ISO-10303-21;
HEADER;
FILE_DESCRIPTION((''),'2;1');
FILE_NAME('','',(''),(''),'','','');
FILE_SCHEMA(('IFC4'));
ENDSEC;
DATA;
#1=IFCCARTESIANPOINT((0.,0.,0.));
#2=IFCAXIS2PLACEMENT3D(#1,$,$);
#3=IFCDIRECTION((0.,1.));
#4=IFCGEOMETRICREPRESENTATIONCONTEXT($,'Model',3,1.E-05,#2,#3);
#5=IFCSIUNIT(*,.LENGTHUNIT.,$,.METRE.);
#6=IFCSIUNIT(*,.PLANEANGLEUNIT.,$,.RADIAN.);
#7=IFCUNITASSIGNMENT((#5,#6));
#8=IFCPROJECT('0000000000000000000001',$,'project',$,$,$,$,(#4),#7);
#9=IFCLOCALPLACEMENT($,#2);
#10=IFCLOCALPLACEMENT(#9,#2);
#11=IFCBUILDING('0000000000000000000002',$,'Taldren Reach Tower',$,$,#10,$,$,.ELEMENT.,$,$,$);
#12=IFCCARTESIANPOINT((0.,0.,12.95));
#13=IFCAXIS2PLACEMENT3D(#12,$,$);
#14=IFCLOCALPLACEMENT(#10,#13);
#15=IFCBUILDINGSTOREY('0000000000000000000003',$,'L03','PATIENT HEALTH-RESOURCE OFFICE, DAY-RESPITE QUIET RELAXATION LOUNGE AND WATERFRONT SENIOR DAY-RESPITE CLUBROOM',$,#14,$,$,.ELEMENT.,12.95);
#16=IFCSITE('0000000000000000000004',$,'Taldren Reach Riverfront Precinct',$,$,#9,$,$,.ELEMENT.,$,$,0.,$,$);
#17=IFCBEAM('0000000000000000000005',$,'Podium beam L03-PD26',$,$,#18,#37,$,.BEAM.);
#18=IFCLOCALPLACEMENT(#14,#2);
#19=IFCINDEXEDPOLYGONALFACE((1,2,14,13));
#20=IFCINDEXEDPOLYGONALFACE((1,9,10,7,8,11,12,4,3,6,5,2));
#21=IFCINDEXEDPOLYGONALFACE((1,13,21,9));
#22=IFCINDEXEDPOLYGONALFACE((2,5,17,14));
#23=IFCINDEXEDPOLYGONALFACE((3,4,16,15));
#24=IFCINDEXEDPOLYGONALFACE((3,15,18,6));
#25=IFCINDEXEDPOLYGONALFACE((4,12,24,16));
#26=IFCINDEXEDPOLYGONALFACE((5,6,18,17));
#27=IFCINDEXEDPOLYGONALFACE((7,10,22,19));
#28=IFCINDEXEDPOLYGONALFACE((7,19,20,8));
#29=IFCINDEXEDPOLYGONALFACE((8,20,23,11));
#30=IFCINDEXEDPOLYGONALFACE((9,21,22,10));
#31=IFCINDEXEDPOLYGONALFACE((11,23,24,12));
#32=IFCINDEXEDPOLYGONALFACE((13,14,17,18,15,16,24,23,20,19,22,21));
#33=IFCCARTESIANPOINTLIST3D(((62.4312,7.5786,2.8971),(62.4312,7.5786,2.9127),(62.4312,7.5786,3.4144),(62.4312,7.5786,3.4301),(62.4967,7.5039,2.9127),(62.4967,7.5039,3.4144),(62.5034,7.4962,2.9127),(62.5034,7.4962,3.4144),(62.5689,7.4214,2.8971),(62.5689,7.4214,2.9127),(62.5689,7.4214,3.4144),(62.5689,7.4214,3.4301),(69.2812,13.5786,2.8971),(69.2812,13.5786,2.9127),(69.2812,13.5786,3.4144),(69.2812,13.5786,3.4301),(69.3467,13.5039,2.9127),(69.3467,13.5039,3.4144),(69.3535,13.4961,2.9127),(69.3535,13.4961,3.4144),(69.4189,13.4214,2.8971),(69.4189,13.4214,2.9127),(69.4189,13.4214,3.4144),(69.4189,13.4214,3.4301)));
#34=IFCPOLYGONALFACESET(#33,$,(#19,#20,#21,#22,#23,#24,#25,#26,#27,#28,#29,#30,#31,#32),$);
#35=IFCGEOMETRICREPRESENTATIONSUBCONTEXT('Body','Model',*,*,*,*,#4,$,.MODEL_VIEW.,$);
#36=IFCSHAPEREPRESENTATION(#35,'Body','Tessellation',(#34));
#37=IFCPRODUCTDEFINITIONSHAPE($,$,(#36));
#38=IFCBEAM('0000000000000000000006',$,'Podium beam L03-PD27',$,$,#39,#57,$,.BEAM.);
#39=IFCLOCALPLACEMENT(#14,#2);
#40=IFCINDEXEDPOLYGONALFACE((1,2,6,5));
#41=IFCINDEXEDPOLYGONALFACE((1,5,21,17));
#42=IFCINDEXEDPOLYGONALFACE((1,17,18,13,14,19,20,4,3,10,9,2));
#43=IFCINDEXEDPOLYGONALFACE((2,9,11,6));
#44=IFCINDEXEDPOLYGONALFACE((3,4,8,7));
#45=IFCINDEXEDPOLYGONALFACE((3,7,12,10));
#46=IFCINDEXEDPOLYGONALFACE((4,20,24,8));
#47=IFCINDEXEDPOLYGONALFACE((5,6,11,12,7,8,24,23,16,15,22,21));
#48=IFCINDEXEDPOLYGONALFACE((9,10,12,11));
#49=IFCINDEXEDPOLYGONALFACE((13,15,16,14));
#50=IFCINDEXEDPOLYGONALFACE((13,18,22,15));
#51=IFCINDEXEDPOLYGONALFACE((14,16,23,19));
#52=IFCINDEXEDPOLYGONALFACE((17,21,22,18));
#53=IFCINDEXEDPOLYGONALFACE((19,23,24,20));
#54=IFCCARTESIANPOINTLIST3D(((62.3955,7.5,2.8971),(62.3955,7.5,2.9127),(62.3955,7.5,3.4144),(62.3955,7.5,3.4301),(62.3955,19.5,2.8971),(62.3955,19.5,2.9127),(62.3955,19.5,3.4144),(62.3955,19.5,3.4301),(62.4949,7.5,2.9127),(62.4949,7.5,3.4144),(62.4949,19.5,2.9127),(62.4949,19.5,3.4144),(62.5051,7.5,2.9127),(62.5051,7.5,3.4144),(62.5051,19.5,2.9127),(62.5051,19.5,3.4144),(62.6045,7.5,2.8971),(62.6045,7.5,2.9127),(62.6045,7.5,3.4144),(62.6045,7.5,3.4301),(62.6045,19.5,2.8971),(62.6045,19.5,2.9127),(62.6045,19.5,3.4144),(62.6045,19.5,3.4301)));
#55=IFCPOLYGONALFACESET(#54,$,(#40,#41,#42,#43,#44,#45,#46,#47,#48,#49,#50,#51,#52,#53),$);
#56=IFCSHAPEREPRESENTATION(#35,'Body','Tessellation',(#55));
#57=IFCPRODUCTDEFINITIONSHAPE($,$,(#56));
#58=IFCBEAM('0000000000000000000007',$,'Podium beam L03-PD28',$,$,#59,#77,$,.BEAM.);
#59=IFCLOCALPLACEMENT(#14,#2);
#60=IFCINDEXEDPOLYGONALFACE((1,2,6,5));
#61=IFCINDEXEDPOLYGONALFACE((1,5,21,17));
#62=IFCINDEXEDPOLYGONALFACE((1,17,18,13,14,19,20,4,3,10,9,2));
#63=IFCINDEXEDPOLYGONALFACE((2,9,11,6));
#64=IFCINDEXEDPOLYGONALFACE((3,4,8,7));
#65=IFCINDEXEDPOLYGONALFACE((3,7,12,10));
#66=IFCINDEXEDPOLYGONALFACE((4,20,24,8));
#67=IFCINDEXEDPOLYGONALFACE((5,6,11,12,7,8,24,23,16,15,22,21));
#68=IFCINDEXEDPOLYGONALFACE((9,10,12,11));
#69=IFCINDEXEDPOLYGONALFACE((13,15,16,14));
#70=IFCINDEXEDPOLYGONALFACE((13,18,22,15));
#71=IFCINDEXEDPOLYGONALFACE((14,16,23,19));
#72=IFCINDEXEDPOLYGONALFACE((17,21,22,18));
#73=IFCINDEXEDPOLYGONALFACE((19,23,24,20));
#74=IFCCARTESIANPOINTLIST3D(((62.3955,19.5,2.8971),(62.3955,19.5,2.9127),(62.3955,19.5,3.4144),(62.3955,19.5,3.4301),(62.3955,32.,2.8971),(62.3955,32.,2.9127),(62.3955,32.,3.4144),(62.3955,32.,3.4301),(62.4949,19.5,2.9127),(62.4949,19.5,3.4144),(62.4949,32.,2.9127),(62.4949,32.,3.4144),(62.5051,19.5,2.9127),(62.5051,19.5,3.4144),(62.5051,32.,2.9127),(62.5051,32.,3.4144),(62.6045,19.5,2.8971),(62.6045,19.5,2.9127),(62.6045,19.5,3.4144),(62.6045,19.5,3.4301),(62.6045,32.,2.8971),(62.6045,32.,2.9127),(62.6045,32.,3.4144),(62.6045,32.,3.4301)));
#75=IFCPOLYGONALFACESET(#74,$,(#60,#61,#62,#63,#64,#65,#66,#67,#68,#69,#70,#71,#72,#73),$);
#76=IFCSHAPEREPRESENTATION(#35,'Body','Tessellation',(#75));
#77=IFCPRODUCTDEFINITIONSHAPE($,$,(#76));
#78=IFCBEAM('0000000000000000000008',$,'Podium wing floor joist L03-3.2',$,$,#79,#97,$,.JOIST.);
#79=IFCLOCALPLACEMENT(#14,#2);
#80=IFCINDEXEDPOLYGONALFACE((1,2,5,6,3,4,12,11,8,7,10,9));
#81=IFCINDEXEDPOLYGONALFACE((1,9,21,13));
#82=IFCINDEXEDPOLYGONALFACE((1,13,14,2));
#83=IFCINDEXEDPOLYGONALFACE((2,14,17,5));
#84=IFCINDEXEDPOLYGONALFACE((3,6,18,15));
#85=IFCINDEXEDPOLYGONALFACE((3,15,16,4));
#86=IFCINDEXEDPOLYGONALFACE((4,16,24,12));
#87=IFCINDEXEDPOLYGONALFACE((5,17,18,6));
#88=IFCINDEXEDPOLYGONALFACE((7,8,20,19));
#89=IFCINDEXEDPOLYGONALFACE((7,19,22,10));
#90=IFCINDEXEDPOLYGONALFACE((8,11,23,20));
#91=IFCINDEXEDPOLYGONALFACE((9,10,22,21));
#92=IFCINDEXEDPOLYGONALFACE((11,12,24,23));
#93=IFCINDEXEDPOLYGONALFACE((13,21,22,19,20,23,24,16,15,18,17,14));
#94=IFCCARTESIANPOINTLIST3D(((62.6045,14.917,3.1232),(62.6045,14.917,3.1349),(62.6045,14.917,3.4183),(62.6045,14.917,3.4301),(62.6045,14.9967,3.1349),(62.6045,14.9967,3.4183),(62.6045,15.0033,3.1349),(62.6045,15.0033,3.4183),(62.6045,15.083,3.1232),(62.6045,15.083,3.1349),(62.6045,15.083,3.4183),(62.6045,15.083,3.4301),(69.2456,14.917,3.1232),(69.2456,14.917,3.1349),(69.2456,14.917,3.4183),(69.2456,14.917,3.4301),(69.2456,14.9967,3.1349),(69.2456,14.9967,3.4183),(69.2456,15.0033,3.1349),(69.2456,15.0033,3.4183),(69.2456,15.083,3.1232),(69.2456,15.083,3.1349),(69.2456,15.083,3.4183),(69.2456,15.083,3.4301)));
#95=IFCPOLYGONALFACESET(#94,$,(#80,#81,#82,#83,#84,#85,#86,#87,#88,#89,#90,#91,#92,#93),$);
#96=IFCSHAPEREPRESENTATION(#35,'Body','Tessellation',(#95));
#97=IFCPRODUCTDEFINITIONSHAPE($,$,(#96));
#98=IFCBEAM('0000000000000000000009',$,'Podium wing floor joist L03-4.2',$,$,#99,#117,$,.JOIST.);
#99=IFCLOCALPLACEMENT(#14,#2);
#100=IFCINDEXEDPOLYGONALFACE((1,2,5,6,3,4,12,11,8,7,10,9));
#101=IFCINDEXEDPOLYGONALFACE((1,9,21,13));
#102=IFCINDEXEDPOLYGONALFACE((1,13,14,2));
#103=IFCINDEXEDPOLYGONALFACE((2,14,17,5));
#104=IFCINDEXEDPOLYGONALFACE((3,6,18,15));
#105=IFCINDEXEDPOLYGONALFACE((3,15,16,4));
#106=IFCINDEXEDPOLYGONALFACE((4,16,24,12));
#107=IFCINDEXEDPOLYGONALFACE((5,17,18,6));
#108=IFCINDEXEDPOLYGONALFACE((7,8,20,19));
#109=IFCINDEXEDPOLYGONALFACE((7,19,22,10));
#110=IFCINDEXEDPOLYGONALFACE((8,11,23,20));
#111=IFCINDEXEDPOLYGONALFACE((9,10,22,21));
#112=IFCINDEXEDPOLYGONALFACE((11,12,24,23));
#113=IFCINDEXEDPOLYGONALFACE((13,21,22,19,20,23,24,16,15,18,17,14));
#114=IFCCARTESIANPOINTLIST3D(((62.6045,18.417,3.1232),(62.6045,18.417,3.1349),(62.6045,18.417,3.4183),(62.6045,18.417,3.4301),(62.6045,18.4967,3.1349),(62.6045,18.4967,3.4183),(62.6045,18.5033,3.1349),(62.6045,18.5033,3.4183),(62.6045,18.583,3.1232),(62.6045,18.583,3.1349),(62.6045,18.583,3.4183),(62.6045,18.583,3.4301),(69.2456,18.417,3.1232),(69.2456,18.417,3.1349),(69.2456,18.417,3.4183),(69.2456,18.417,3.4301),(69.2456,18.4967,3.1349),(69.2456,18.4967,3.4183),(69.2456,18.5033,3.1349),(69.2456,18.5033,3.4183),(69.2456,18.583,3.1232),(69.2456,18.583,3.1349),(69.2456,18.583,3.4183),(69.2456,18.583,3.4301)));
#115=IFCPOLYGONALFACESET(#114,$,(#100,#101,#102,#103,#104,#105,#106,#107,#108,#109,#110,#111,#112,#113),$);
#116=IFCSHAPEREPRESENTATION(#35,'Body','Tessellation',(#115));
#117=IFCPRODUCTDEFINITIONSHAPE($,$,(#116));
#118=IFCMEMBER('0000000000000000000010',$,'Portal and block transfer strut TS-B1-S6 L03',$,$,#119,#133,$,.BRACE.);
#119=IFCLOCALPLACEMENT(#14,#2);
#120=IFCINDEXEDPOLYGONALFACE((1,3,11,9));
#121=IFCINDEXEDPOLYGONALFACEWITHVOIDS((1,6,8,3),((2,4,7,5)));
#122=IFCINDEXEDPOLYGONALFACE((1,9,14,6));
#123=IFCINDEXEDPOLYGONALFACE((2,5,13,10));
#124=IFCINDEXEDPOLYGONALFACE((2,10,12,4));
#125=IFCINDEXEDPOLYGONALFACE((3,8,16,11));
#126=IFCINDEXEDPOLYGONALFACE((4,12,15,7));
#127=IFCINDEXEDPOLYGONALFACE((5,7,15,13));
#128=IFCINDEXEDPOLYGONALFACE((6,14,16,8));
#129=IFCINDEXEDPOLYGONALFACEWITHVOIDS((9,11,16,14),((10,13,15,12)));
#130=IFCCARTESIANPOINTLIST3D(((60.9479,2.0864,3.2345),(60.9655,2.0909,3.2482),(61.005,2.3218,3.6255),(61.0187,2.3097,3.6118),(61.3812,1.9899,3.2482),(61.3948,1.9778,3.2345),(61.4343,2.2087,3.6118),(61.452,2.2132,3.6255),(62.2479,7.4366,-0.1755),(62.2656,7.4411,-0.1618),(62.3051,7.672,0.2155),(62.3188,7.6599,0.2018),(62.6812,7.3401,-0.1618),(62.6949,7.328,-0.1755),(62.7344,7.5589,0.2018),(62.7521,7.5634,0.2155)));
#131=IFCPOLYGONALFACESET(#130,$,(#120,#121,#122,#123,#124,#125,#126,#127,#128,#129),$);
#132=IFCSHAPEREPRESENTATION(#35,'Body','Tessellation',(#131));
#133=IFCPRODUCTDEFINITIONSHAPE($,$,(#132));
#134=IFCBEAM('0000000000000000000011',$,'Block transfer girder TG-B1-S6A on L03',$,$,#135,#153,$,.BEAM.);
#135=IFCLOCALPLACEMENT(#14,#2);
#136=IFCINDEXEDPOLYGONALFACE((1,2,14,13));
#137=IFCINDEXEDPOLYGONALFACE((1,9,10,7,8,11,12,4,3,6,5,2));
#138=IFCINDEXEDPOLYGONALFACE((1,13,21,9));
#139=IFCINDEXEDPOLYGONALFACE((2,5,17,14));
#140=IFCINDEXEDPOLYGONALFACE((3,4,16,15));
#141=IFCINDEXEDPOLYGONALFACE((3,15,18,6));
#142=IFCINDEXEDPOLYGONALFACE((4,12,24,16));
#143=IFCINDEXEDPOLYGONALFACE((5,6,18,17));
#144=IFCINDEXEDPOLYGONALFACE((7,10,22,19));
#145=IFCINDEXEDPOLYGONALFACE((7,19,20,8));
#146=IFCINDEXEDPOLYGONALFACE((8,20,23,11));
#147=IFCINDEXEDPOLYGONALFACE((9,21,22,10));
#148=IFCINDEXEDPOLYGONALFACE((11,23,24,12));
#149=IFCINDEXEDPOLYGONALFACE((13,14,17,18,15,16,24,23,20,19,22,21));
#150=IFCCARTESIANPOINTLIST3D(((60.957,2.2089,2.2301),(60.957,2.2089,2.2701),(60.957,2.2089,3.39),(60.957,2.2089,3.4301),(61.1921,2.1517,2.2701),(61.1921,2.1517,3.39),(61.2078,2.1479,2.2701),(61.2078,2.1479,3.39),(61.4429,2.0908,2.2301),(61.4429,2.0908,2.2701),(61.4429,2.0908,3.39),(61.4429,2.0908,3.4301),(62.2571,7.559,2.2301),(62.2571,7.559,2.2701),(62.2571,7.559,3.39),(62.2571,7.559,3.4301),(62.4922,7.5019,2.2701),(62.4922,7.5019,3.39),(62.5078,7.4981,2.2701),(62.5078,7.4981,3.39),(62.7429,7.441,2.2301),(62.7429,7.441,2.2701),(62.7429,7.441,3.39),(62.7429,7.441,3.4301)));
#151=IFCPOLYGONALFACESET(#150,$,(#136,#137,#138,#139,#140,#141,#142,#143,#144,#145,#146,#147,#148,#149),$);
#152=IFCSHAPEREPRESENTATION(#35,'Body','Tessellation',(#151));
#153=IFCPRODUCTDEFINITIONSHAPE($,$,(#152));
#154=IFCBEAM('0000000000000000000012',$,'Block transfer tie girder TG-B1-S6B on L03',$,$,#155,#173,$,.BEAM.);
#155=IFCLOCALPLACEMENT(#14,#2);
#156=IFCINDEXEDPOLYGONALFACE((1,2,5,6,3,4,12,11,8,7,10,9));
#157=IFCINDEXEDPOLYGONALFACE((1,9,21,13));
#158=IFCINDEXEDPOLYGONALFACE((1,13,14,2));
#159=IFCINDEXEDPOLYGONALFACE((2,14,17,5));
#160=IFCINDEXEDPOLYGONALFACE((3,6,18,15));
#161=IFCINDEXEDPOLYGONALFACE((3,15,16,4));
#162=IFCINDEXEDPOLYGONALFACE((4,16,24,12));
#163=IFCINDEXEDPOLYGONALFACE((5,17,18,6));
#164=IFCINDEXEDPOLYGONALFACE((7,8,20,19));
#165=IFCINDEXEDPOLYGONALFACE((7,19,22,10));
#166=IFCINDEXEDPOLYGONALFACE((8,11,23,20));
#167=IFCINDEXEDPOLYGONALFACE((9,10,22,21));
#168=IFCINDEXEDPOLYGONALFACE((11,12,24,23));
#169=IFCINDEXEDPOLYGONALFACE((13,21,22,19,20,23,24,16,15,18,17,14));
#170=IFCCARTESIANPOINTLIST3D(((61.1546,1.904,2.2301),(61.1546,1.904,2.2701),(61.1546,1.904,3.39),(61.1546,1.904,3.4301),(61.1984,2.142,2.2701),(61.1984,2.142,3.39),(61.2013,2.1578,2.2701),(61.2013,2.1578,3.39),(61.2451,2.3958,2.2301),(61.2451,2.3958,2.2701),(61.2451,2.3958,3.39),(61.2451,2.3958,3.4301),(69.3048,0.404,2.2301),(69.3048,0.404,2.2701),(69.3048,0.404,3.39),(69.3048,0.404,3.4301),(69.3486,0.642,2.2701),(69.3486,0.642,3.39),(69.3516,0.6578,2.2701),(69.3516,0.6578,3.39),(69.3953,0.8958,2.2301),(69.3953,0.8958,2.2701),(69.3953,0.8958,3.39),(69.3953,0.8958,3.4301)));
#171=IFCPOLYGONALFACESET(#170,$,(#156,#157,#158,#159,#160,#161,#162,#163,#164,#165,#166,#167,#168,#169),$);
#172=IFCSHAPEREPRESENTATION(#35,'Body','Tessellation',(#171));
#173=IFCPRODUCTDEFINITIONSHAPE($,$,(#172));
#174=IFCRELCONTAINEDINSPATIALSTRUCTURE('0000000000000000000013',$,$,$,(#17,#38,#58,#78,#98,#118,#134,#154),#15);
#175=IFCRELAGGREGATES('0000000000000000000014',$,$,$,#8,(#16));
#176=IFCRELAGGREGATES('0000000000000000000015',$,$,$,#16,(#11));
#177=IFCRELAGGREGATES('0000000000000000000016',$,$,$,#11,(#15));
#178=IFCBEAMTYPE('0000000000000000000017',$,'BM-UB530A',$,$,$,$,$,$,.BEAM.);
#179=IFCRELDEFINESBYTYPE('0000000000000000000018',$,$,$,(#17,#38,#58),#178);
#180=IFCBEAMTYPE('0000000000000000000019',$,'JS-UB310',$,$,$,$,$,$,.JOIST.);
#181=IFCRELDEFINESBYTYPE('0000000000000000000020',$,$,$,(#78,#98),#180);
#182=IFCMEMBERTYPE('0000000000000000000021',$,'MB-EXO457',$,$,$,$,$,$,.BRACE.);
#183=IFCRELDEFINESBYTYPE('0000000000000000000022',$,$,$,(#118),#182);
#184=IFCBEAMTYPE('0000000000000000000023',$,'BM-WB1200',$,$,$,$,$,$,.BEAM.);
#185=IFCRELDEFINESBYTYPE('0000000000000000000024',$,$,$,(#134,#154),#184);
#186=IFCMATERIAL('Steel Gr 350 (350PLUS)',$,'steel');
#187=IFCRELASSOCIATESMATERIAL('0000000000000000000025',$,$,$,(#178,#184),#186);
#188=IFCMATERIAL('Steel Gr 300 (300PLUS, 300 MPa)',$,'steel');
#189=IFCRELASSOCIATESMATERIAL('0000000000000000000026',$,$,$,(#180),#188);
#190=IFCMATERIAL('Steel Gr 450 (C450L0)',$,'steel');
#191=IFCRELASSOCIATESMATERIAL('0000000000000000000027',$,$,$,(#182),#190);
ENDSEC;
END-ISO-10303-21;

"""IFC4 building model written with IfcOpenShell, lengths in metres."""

from ifc_helpers import new_model, si_unit, direction, frame, origin, origin_2d, place, context, subcontext, project, spatial, hollow_rectangle, i_section, extrude, source, transform, mapped, material, material_profile, profile_set, type_object, element, save


model = new_model("IFC4")

# Units and contexts
model_context = context("Model", 3, precision=1e-05, world=origin(), true_north=direction((0.0, 1.0)))
body_context = subcontext(model_context, "Body", "Model", "MODEL_VIEW")
ifc_project = project(units=[si_unit("LENGTHUNIT", "METRE"), si_unit("PLANEANGLEUNIT", "RADIAN")], contexts=[model_context])

# Site, building, storey
site_placement = place(None, origin())
site = spatial("IfcSite", under=ifc_project, at=site_placement, Name="Taldren Reach Riverfront Precinct", CompositionType="ELEMENT", RefElevation=0.0)
building_placement = place(site_placement, origin())
building = spatial("IfcBuilding", under=site, at=building_placement, Name="Taldren Reach Tower", CompositionType="ELEMENT")
storey_placement = place(building_placement, frame((0.0, 0.0, 12.95)))
storey = spatial("IfcBuildingStorey", under=building, at=storey_placement, Name="L03", Description="PATIENT HEALTH-RESOURCE OFFICE, DAY-RESPITE QUIET RELAXATION LOUNGE AND WATERFRONT SENIOR DAY-RESPITE CLUBROOM", CompositionType="ELEMENT", Elevation=12.95)

# Shared definitions
ifc_material_1 = material(Name="Steel Gr 350 (350PLUS)", Category="steel")

# Beams
ifc_material_profile_1 = material_profile(ifc_material_1, i_section(OverallWidth=0.209, OverallDepth=0.533, WebThickness=0.0103, FlangeThickness=0.0156, at=origin_2d()), Name="530UB92.4")
ifc_profile_set_1 = profile_set([ifc_material_profile_1], Name="Steel Gr 350 (350PLUS)")
beam_type_1 = type_object("IfcBeamType", Name="BM-UB530A", PredefinedType="BEAM", material=ifc_profile_set_1)
shared_shape_1 = source(origin(), body_context, "Body", "SweptSolid", [
    extrude(i_section(OverallWidth=0.209, OverallDepth=0.533, WebThickness=0.0103, FlangeThickness=0.0156, at=origin_2d()), origin(), (0.0, 0.0, 1.0), 9.1062),
])
beam_1_placement = place(storey_placement, frame((69.3501, 13.5, 3.1636), z_axis=(-0.752241, -0.658888, 0.0), x_axis=(0.658888, -0.752241, 0.0)))
element("IfcBeam", 1, at=beam_1_placement, inside=storey, type_object=beam_type_1, Name="Podium beam L03-PD26", PredefinedType="BEAM", context=body_context, shape_type="MappedRepresentation", body=[
    mapped(shared_shape_1, transform((0.0, 0.0, 0.0), scale=1.0)),
])
shared_shape_2 = source(origin(), body_context, "Body", "SweptSolid", [
    extrude(i_section(OverallWidth=0.209, OverallDepth=0.533, WebThickness=0.0103, FlangeThickness=0.0156, at=origin_2d()), origin(), (0.0, 0.0, 1.0), 12.0),
])
beam_2_placement = place(storey_placement, frame((62.5, 7.5, 3.1636), z_axis=(0.0, 1.0, 0.0), x_axis=(-1.0, 0.0, 0.0)))
element("IfcBeam", 2, at=beam_2_placement, inside=storey, type_object=beam_type_1, Name="Podium beam L03-PD27", PredefinedType="BEAM", context=body_context, shape_type="MappedRepresentation", body=[
    mapped(shared_shape_2, transform((0.0, 0.0, 0.0), scale=1.0)),
])
shared_shape_3 = source(origin(), body_context, "Body", "SweptSolid", [
    extrude(i_section(OverallWidth=0.209, OverallDepth=0.533, WebThickness=0.0103, FlangeThickness=0.0156, at=origin_2d()), origin(), (0.0, 0.0, 1.0), 12.5),
])
beam_3_placement = place(storey_placement, frame((62.5, 19.5, 3.1636), z_axis=(0.0, 1.0, 0.0), x_axis=(-1.0, 0.0, 0.0)))
element("IfcBeam", 3, at=beam_3_placement, inside=storey, type_object=beam_type_1, Name="Podium beam L03-PD28", PredefinedType="BEAM", context=body_context, shape_type="MappedRepresentation", body=[
    mapped(shared_shape_3, transform((0.0, 0.0, 0.0), scale=1.0)),
])
ifc_material_2 = material(Name="Steel Gr 300 (300PLUS, 300 MPa)", Category="steel")
ifc_material_profile_2 = material_profile(ifc_material_2, i_section(OverallWidth=0.166, OverallDepth=0.3069, WebThickness=0.0066, FlangeThickness=0.0117, at=origin_2d()), Name="310UB46.2")
ifc_profile_set_2 = profile_set([ifc_material_profile_2], Name="Steel Gr 300 (300PLUS, 300 MPa)")
beam_type_2 = type_object("IfcBeamType", Name="JS-UB310", PredefinedType="JOIST", material=ifc_profile_set_2)
shared_shape_4 = source(origin(), body_context, "Body", "SweptSolid", [
    extrude(i_section(OverallWidth=0.166, OverallDepth=0.3069, WebThickness=0.0066, FlangeThickness=0.0117, at=origin_2d()), origin(), (0.0, 0.0, 1.0), 6.6411),
])
for number, where, z_axis, x_axis, name in (
    (4, (62.6045, 15.0, 3.2766), (1.0, 0.0, 0.0), (0.0, 1.0, 0.0), "Podium wing floor joist L03-3.2"),
    (5, (62.6045, 18.5, 3.2766), (1.0, 0.0, 0.0), (0.0, 1.0, 0.0), "Podium wing floor joist L03-4.2"),
):
    element("IfcBeam", number, at=place(storey_placement, frame(where, z_axis=z_axis, x_axis=x_axis)), inside=storey, type_object=beam_type_2, Name=name, PredefinedType="JOIST", context=body_context, shape_type="MappedRepresentation", body=[
        mapped(shared_shape_4, transform((0.0, 0.0, 0.0), scale=1.0)),
    ])

# Member
ifc_material_3 = material(Name="Steel Gr 450 (C450L0)", Category="steel")
ifc_material_profile_3 = material_profile(ifc_material_3, hollow_rectangle(XDim=0.46, YDim=0.46, WallThickness=0.0161, at=origin_2d()), Name="460x460x16.0SHS")
ifc_profile_set_3 = profile_set([ifc_material_profile_3], Name="Steel Gr 450 (C450L0)")
member_type = type_object("IfcMemberType", Name="MB-EXO457", PredefinedType="BRACE", material=ifc_profile_set_3)
shared_shape_5 = source(origin(), body_context, "Body", "SweptSolid", [
    extrude(hollow_rectangle(XDim=0.46, YDim=0.46, WallThickness=0.0161, at=origin_2d()), origin(), (0.0, 0.0, 1.0), 6.4763),
])
member_1_placement = place(storey_placement, frame((62.5, 7.5, 0.02), z_axis=(-0.200743, -0.826117, 0.52653), x_axis=(0.971723, -0.236124, 0.0)))
element("IfcMember", 6, at=member_1_placement, inside=storey, type_object=member_type, Name="Portal and block transfer strut TS-B1-S6 L03", PredefinedType="BRACE", context=body_context, shape_type="MappedRepresentation", body=[
    mapped(shared_shape_5, transform((0.0, 0.0, 0.0), scale=1.0)),
])

# Beams
ifc_material_profile_4 = material_profile(ifc_material_1, i_section(OverallWidth=0.5, OverallDepth=1.2, WebThickness=0.0161, FlangeThickness=0.04, at=origin_2d()), Name="1200WB455")
ifc_profile_set_4 = profile_set([ifc_material_profile_4], Name="Steel Gr 350 (350PLUS)")
beam_type_3 = type_object("IfcBeamType", Name="BM-WB1200", PredefinedType="BEAM", material=ifc_profile_set_4)
shared_shape_6 = source(origin(), body_context, "Body", "SweptSolid", [
    extrude(i_section(OverallWidth=0.5, OverallDepth=1.2, WebThickness=0.0161, FlangeThickness=0.04, at=origin_2d()), origin(), (0.0, 0.0, 1.0), 5.5059),
])
beam_4_placement = place(storey_placement, frame((62.5, 7.5, 2.8301), z_axis=(-0.236124, -0.971723, 0.0), x_axis=(0.971723, -0.236124, 0.0)))
element("IfcBeam", 7, at=beam_4_placement, inside=storey, type_object=beam_type_3, Name="Block transfer girder TG-B1-S6A on L03", PredefinedType="BEAM", context=body_context, shape_type="MappedRepresentation", body=[
    mapped(shared_shape_6, transform((0.0, 0.0, 0.0), scale=1.0)),
])
shared_shape_7 = source(origin(), body_context, "Body", "SweptSolid", [
    extrude(i_section(OverallWidth=0.5, OverallDepth=1.2, WebThickness=0.0161, FlangeThickness=0.04, at=origin_2d()), origin(), (0.0, 0.0, 1.0), 8.2871),
])
beam_5_placement = place(storey_placement, frame((69.3501, 0.6499, 2.8301), z_axis=(-0.983482, 0.181006, 0.0), x_axis=(-0.181006, -0.983482, 0.0)))
element("IfcBeam", 8, at=beam_5_placement, inside=storey, type_object=beam_type_3, Name="Block transfer tie girder TG-B1-S6B on L03", PredefinedType="BEAM", context=body_context, shape_type="MappedRepresentation", body=[
    mapped(shared_shape_7, transform((0.0, 0.0, 0.0), scale=1.0)),
])

save(model, "model.ifc")
